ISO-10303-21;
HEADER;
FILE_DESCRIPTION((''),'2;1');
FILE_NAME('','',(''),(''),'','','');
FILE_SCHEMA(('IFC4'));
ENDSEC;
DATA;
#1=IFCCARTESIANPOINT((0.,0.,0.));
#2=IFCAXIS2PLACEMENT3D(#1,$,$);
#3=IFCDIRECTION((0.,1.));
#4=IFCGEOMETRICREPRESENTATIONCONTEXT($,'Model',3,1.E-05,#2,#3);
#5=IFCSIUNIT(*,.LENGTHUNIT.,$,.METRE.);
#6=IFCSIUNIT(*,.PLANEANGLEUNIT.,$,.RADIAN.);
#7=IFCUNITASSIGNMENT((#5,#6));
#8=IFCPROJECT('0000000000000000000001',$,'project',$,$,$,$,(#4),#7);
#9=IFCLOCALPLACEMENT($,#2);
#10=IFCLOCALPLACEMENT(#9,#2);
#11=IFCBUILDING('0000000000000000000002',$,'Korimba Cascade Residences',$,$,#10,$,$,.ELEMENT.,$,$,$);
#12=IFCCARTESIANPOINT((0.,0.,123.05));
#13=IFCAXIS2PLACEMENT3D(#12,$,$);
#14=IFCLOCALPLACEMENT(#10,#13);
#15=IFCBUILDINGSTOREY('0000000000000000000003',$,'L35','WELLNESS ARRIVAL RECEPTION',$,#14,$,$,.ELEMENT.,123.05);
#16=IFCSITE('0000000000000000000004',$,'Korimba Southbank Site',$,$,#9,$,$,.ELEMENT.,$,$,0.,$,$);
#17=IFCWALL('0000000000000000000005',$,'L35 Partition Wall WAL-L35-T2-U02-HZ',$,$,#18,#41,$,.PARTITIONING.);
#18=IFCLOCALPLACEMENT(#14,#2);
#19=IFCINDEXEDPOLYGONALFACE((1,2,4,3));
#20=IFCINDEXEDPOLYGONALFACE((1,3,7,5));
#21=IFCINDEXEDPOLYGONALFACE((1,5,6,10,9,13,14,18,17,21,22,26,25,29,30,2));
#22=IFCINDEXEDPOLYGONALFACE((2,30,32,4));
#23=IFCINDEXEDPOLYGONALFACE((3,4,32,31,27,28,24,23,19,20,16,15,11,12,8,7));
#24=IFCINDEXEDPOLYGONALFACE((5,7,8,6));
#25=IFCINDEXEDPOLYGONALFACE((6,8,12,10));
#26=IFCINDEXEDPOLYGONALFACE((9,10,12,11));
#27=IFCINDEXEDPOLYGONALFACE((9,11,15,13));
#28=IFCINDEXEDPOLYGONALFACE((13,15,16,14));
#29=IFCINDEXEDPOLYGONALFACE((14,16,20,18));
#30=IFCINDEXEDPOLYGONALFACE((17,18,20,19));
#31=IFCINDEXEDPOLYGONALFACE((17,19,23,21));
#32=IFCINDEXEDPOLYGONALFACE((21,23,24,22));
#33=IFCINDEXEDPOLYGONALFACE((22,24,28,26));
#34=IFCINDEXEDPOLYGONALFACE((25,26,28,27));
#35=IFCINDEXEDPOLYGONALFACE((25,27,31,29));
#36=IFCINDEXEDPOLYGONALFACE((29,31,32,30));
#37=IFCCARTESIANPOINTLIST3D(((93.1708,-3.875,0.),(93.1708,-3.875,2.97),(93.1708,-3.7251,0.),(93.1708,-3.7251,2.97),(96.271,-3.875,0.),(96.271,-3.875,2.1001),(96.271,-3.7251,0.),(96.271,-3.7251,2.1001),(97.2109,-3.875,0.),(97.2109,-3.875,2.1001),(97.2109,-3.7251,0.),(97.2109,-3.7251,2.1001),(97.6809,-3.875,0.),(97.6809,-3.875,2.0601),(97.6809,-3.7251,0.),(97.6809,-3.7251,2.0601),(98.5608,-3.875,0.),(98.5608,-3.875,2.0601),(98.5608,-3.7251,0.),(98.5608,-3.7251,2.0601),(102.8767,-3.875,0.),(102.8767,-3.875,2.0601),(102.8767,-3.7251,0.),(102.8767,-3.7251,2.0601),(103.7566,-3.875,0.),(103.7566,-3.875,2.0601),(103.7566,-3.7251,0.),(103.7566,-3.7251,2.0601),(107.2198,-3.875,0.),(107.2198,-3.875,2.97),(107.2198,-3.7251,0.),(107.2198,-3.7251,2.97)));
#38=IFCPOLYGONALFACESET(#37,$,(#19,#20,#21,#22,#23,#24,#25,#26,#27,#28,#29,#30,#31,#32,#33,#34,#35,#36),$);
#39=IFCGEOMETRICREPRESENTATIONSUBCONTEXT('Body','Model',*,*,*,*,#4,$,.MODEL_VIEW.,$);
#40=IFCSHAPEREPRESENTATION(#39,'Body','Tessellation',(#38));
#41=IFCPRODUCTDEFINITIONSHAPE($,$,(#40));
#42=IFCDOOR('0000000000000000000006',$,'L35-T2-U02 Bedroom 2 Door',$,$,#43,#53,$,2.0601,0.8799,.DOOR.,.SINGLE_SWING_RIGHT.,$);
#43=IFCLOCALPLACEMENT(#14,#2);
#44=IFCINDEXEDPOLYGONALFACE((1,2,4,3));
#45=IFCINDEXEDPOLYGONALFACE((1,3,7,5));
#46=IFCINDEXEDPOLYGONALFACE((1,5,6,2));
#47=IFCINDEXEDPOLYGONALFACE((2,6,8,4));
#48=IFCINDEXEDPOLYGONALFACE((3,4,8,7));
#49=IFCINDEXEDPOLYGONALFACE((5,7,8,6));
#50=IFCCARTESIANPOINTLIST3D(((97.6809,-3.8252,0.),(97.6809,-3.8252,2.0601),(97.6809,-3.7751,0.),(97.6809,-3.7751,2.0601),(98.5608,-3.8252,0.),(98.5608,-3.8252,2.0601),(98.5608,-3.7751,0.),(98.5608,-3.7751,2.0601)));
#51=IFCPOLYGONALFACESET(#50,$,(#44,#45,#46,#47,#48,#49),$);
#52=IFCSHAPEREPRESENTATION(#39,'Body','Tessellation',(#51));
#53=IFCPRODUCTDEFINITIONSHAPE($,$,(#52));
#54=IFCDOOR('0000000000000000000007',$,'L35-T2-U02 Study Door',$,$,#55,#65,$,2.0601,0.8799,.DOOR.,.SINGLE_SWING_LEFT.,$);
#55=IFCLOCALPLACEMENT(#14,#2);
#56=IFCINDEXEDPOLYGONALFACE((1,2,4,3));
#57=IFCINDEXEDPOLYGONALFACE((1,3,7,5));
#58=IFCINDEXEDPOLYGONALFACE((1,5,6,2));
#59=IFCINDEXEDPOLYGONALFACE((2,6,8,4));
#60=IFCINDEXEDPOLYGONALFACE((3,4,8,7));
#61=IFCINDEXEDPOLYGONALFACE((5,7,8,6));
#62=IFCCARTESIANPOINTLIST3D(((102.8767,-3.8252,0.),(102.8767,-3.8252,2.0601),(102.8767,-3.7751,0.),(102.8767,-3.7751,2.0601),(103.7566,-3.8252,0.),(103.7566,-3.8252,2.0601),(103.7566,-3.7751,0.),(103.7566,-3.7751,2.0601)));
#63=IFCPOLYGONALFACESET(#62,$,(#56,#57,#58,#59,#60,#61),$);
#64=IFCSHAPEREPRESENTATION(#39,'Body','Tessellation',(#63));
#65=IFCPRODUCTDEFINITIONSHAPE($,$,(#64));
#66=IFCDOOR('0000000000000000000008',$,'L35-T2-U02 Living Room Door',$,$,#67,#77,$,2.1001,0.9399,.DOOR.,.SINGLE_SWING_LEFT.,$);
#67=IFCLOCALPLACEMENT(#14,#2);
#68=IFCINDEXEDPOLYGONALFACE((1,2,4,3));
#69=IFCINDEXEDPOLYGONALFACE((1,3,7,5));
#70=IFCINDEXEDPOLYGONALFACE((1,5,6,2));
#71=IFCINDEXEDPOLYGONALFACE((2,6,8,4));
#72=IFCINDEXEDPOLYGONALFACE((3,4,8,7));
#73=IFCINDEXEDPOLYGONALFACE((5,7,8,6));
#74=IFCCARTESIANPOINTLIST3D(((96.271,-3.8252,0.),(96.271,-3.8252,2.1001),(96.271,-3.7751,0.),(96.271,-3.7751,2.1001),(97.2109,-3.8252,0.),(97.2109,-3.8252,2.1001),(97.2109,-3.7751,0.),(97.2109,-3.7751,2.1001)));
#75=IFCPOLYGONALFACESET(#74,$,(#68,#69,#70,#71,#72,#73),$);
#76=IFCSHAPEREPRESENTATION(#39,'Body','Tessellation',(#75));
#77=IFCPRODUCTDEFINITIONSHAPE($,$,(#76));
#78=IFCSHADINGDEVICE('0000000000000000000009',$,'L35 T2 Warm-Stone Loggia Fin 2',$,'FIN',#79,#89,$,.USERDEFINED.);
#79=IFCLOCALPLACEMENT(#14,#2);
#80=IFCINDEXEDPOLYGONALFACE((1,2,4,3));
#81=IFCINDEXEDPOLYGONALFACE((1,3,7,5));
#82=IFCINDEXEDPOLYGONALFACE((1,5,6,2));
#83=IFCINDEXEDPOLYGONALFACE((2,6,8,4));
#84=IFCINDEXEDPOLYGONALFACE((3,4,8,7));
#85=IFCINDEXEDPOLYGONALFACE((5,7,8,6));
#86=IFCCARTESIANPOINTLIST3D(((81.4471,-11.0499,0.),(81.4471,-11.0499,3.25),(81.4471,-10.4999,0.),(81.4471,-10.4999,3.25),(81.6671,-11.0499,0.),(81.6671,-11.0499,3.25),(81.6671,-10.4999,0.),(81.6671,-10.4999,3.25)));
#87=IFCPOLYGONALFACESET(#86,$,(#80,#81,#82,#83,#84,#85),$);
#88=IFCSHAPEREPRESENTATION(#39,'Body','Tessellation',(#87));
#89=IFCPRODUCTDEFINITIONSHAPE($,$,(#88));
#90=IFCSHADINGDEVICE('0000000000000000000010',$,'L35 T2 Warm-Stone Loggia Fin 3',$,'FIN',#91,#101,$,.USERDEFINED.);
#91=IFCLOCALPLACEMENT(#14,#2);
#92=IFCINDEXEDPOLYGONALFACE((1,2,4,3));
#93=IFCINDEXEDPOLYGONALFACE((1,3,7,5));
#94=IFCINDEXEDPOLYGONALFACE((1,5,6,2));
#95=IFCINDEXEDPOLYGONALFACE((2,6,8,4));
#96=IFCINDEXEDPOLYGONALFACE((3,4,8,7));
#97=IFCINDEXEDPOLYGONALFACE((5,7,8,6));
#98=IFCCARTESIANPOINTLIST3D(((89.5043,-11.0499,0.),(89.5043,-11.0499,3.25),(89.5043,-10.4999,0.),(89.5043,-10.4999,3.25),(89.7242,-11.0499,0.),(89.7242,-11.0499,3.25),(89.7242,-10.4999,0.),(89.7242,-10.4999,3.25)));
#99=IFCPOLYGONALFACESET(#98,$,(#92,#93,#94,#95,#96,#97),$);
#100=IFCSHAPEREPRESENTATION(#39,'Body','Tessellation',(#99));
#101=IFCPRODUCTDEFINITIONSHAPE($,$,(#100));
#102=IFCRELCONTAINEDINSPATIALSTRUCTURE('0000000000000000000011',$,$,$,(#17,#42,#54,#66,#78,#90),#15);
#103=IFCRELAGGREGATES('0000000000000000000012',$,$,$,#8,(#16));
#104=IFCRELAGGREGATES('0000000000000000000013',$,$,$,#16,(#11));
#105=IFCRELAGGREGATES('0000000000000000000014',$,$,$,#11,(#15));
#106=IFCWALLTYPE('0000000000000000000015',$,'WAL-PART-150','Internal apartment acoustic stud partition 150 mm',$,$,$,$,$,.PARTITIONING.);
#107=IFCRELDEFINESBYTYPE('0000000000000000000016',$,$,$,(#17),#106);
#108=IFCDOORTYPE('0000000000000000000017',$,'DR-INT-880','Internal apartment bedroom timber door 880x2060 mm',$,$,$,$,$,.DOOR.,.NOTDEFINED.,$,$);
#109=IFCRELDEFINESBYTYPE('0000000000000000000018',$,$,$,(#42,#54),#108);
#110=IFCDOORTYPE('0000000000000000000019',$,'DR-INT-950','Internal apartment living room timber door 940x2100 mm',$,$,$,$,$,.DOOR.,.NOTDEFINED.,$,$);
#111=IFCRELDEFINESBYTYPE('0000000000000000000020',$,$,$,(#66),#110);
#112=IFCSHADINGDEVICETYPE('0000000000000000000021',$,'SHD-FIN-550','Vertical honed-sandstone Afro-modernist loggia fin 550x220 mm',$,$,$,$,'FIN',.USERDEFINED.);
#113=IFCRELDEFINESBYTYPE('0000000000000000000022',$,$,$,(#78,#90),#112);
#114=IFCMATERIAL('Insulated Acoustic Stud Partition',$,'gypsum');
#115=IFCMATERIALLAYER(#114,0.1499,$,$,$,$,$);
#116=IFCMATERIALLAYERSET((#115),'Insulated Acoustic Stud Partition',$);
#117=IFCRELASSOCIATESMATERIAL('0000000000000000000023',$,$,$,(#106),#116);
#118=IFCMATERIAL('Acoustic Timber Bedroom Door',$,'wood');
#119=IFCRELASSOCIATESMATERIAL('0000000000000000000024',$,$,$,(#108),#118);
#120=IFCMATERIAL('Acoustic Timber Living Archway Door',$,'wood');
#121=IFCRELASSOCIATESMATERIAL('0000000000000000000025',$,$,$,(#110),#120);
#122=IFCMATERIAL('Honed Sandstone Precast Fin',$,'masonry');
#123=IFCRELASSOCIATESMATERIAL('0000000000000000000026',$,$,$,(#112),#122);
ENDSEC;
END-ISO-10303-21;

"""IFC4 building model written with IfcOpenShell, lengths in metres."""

from ifc_helpers import new_model, si_unit, direction, frame, frame_2d, origin, origin_2d, place, context, subcontext, project, spatial, rectangle, extrude, material, layer, layer_set, type_object, element, fill, save


model = new_model("IFC4")

# Units and contexts
model_context = context("Model", 3, precision=1e-05, world=origin(), true_north=direction((0.0, 1.0)))
body_context = subcontext(model_context, "Body", "Model", "MODEL_VIEW")
ifc_project = project(units=[si_unit("LENGTHUNIT", "METRE"), si_unit("PLANEANGLEUNIT", "RADIAN")], contexts=[model_context])

# Site, building, storey
site_placement = place(None, origin())
site = spatial("IfcSite", under=ifc_project, at=site_placement, Name="Korimba Southbank Site", CompositionType="ELEMENT", RefElevation=0.0)
building_placement = place(site_placement, origin())
building = spatial("IfcBuilding", under=site, at=building_placement, Name="Korimba Cascade Residences", CompositionType="ELEMENT")
storey_placement = place(building_placement, frame((0.0, 0.0, 123.05)))
storey = spatial("IfcBuildingStorey", under=building, at=storey_placement, Name="L35", Description="WELLNESS ARRIVAL RECEPTION", CompositionType="ELEMENT", Elevation=123.05)

# Wall, openings, doors
ifc_material_1 = material(Name="Insulated Acoustic Stud Partition", Category="gypsum")
ifc_layer_1 = layer(ifc_material_1, 0.1499)
ifc_layer_set_1 = layer_set([ifc_layer_1], Name="Insulated Acoustic Stud Partition")
wall_type_1 = type_object("IfcWallType", Name="WAL-PART-150", Description="Internal apartment acoustic stud partition 150 mm", PredefinedType="PARTITIONING", material=ifc_layer_set_1)
ifc_material_2 = material(Name="Acoustic Timber Bedroom Door", Category="wood")
door_type_1 = type_object("IfcDoorType", Name="DR-INT-880", Description="Internal apartment bedroom timber door 880x2060 mm", OperationType="NOTDEFINED", PredefinedType="DOOR", material=ifc_material_2)
wall_1_placement = place(storey_placement, frame((93.1709, -3.8, 0.0), z_axis=(0.0, 0.0, 1.0), x_axis=(1.0, 0.0, 0.0)))
wall_1 = element("IfcWall", 1, at=wall_1_placement, inside=storey, type_object=wall_type_1, Name="L35 Partition Wall WAL-L35-T2-U02-HZ", PredefinedType="PARTITIONING", context=body_context, shape_type="SweptSolid", body=[
    extrude(rectangle(XDim=14.0491, YDim=0.1499, at=frame_2d((7.0244, 0.0))), origin(), (0.0, 0.0, 1.0), 2.97),
])
opening_1_placement = place(wall_1_placement, frame((3.1001, 0.0, 0.0)))
opening_1 = element("IfcOpeningElement", 2, at=opening_1_placement, cuts=wall_1, PredefinedType="OPENING", context=body_context, shape_type="SweptSolid", body=[
    extrude(rectangle(XDim=0.9399, YDim=2.1001, at=frame_2d((0.47, 1.05))), frame((0.0, 0.085, 0.0), z_axis=(0.0, -1.0, 0.0), x_axis=(1.0, 0.0, 0.0)), (0.0, 0.0, 1.0), 0.1699),
])
opening_2_placement = place(wall_1_placement, frame((4.51, 0.0, 0.0)))
opening_2 = element("IfcOpeningElement", 3, at=opening_2_placement, cuts=wall_1, PredefinedType="OPENING", context=body_context, shape_type="SweptSolid", body=[
    extrude(rectangle(XDim=0.8799, YDim=2.0601, at=frame_2d((0.4399, 1.03))), frame((0.0, 0.085, 0.0), z_axis=(0.0, -1.0, 0.0), x_axis=(1.0, 0.0, 0.0)), (0.0, 0.0, 1.0), 0.1699),
])
opening_3_placement = place(wall_1_placement, frame((9.7058, 0.0, 0.0)))
opening_3 = element("IfcOpeningElement", 4, at=opening_3_placement, cuts=wall_1, PredefinedType="OPENING", context=body_context, shape_type="SweptSolid", body=[
    extrude(rectangle(XDim=0.8799, YDim=2.0601, at=frame_2d((0.4399, 1.03))), frame((0.0, 0.085, 0.0), z_axis=(0.0, -1.0, 0.0), x_axis=(1.0, 0.0, 0.0)), (0.0, 0.0, 1.0), 0.1699),
])
door_1_placement = place(opening_2_placement, origin())
door_1 = element("IfcDoor", 5, at=door_1_placement, inside=storey, type_object=door_type_1, Name="L35-T2-U02 Bedroom 2 Door", OperationType="SINGLE_SWING_RIGHT", OverallHeight=2.0601, OverallWidth=0.8799, PredefinedType="DOOR", context=body_context, shape_type="SweptSolid", body=[
    extrude(rectangle(XDim=0.8799, YDim=2.0601, at=frame_2d((0.4399, 1.03))), frame((0.0, 0.0249, 0.0), z_axis=(0.0, -1.0, 0.0), x_axis=(1.0, 0.0, 0.0)), (0.0, 0.0, 1.0), 0.05),
])
fill(opening_2, door_1)
door_2_placement = place(opening_3_placement, origin())
door_2 = element("IfcDoor", 6, at=door_2_placement, inside=storey, type_object=door_type_1, Name="L35-T2-U02 Study Door", OperationType="SINGLE_SWING_LEFT", OverallHeight=2.0601, OverallWidth=0.8799, PredefinedType="DOOR", context=body_context, shape_type="SweptSolid", body=[
    extrude(rectangle(XDim=0.8799, YDim=2.0601, at=frame_2d((0.4399, 1.03))), frame((0.0, 0.0249, 0.0), z_axis=(0.0, -1.0, 0.0), x_axis=(1.0, 0.0, 0.0)), (0.0, 0.0, 1.0), 0.05),
])
fill(opening_3, door_2)
ifc_material_3 = material(Name="Acoustic Timber Living Archway Door", Category="wood")
door_type_2 = type_object("IfcDoorType", Name="DR-INT-950", Description="Internal apartment living room timber door 940x2100 mm", OperationType="NOTDEFINED", PredefinedType="DOOR", material=ifc_material_3)
door_3_placement = place(opening_1_placement, origin())
door_3 = element("IfcDoor", 7, at=door_3_placement, inside=storey, type_object=door_type_2, Name="L35-T2-U02 Living Room Door", OperationType="SINGLE_SWING_LEFT", OverallHeight=2.1001, OverallWidth=0.9399, PredefinedType="DOOR", context=body_context, shape_type="SweptSolid", body=[
    extrude(rectangle(XDim=0.9399, YDim=2.1001, at=frame_2d((0.47, 1.05))), frame((0.0, 0.0249, 0.0), z_axis=(0.0, -1.0, 0.0), x_axis=(1.0, 0.0, 0.0)), (0.0, 0.0, 1.0), 0.05),
])
fill(opening_1, door_3)

# Shading devices
ifc_material_4 = material(Name="Honed Sandstone Precast Fin", Category="masonry")
shading_device_type = type_object("IfcShadingDeviceType", Name="SHD-FIN-550", Description="Vertical honed-sandstone Afro-modernist loggia fin 550x220 mm", ElementType="FIN", PredefinedType="USERDEFINED", material=ifc_material_4)
for number, where, z_axis, x_axis, name in (
    (8, (81.5571, -10.7749, 0.0), (0.0, 0.0, 1.0), (1.0, 0.0, 0.0), "L35 T2 Warm-Stone Loggia Fin 2"),
    (9, (89.6143, -10.7749, 0.0), (0.0, 0.0, 1.0), (1.0, 0.0, 0.0), "L35 T2 Warm-Stone Loggia Fin 3"),
):
    element("IfcShadingDevice", number, at=place(storey_placement, frame(where, z_axis=z_axis, x_axis=x_axis)), inside=storey, type_object=shading_device_type, Name=name, ObjectType="FIN", PredefinedType="USERDEFINED", context=body_context, shape_type="SweptSolid", body=[
        extrude(rectangle(XDim=0.22, YDim=0.55, at=origin_2d()), origin(), (0.0, 0.0, 1.0), 3.25),
    ])

save(model, "model.ifc")
